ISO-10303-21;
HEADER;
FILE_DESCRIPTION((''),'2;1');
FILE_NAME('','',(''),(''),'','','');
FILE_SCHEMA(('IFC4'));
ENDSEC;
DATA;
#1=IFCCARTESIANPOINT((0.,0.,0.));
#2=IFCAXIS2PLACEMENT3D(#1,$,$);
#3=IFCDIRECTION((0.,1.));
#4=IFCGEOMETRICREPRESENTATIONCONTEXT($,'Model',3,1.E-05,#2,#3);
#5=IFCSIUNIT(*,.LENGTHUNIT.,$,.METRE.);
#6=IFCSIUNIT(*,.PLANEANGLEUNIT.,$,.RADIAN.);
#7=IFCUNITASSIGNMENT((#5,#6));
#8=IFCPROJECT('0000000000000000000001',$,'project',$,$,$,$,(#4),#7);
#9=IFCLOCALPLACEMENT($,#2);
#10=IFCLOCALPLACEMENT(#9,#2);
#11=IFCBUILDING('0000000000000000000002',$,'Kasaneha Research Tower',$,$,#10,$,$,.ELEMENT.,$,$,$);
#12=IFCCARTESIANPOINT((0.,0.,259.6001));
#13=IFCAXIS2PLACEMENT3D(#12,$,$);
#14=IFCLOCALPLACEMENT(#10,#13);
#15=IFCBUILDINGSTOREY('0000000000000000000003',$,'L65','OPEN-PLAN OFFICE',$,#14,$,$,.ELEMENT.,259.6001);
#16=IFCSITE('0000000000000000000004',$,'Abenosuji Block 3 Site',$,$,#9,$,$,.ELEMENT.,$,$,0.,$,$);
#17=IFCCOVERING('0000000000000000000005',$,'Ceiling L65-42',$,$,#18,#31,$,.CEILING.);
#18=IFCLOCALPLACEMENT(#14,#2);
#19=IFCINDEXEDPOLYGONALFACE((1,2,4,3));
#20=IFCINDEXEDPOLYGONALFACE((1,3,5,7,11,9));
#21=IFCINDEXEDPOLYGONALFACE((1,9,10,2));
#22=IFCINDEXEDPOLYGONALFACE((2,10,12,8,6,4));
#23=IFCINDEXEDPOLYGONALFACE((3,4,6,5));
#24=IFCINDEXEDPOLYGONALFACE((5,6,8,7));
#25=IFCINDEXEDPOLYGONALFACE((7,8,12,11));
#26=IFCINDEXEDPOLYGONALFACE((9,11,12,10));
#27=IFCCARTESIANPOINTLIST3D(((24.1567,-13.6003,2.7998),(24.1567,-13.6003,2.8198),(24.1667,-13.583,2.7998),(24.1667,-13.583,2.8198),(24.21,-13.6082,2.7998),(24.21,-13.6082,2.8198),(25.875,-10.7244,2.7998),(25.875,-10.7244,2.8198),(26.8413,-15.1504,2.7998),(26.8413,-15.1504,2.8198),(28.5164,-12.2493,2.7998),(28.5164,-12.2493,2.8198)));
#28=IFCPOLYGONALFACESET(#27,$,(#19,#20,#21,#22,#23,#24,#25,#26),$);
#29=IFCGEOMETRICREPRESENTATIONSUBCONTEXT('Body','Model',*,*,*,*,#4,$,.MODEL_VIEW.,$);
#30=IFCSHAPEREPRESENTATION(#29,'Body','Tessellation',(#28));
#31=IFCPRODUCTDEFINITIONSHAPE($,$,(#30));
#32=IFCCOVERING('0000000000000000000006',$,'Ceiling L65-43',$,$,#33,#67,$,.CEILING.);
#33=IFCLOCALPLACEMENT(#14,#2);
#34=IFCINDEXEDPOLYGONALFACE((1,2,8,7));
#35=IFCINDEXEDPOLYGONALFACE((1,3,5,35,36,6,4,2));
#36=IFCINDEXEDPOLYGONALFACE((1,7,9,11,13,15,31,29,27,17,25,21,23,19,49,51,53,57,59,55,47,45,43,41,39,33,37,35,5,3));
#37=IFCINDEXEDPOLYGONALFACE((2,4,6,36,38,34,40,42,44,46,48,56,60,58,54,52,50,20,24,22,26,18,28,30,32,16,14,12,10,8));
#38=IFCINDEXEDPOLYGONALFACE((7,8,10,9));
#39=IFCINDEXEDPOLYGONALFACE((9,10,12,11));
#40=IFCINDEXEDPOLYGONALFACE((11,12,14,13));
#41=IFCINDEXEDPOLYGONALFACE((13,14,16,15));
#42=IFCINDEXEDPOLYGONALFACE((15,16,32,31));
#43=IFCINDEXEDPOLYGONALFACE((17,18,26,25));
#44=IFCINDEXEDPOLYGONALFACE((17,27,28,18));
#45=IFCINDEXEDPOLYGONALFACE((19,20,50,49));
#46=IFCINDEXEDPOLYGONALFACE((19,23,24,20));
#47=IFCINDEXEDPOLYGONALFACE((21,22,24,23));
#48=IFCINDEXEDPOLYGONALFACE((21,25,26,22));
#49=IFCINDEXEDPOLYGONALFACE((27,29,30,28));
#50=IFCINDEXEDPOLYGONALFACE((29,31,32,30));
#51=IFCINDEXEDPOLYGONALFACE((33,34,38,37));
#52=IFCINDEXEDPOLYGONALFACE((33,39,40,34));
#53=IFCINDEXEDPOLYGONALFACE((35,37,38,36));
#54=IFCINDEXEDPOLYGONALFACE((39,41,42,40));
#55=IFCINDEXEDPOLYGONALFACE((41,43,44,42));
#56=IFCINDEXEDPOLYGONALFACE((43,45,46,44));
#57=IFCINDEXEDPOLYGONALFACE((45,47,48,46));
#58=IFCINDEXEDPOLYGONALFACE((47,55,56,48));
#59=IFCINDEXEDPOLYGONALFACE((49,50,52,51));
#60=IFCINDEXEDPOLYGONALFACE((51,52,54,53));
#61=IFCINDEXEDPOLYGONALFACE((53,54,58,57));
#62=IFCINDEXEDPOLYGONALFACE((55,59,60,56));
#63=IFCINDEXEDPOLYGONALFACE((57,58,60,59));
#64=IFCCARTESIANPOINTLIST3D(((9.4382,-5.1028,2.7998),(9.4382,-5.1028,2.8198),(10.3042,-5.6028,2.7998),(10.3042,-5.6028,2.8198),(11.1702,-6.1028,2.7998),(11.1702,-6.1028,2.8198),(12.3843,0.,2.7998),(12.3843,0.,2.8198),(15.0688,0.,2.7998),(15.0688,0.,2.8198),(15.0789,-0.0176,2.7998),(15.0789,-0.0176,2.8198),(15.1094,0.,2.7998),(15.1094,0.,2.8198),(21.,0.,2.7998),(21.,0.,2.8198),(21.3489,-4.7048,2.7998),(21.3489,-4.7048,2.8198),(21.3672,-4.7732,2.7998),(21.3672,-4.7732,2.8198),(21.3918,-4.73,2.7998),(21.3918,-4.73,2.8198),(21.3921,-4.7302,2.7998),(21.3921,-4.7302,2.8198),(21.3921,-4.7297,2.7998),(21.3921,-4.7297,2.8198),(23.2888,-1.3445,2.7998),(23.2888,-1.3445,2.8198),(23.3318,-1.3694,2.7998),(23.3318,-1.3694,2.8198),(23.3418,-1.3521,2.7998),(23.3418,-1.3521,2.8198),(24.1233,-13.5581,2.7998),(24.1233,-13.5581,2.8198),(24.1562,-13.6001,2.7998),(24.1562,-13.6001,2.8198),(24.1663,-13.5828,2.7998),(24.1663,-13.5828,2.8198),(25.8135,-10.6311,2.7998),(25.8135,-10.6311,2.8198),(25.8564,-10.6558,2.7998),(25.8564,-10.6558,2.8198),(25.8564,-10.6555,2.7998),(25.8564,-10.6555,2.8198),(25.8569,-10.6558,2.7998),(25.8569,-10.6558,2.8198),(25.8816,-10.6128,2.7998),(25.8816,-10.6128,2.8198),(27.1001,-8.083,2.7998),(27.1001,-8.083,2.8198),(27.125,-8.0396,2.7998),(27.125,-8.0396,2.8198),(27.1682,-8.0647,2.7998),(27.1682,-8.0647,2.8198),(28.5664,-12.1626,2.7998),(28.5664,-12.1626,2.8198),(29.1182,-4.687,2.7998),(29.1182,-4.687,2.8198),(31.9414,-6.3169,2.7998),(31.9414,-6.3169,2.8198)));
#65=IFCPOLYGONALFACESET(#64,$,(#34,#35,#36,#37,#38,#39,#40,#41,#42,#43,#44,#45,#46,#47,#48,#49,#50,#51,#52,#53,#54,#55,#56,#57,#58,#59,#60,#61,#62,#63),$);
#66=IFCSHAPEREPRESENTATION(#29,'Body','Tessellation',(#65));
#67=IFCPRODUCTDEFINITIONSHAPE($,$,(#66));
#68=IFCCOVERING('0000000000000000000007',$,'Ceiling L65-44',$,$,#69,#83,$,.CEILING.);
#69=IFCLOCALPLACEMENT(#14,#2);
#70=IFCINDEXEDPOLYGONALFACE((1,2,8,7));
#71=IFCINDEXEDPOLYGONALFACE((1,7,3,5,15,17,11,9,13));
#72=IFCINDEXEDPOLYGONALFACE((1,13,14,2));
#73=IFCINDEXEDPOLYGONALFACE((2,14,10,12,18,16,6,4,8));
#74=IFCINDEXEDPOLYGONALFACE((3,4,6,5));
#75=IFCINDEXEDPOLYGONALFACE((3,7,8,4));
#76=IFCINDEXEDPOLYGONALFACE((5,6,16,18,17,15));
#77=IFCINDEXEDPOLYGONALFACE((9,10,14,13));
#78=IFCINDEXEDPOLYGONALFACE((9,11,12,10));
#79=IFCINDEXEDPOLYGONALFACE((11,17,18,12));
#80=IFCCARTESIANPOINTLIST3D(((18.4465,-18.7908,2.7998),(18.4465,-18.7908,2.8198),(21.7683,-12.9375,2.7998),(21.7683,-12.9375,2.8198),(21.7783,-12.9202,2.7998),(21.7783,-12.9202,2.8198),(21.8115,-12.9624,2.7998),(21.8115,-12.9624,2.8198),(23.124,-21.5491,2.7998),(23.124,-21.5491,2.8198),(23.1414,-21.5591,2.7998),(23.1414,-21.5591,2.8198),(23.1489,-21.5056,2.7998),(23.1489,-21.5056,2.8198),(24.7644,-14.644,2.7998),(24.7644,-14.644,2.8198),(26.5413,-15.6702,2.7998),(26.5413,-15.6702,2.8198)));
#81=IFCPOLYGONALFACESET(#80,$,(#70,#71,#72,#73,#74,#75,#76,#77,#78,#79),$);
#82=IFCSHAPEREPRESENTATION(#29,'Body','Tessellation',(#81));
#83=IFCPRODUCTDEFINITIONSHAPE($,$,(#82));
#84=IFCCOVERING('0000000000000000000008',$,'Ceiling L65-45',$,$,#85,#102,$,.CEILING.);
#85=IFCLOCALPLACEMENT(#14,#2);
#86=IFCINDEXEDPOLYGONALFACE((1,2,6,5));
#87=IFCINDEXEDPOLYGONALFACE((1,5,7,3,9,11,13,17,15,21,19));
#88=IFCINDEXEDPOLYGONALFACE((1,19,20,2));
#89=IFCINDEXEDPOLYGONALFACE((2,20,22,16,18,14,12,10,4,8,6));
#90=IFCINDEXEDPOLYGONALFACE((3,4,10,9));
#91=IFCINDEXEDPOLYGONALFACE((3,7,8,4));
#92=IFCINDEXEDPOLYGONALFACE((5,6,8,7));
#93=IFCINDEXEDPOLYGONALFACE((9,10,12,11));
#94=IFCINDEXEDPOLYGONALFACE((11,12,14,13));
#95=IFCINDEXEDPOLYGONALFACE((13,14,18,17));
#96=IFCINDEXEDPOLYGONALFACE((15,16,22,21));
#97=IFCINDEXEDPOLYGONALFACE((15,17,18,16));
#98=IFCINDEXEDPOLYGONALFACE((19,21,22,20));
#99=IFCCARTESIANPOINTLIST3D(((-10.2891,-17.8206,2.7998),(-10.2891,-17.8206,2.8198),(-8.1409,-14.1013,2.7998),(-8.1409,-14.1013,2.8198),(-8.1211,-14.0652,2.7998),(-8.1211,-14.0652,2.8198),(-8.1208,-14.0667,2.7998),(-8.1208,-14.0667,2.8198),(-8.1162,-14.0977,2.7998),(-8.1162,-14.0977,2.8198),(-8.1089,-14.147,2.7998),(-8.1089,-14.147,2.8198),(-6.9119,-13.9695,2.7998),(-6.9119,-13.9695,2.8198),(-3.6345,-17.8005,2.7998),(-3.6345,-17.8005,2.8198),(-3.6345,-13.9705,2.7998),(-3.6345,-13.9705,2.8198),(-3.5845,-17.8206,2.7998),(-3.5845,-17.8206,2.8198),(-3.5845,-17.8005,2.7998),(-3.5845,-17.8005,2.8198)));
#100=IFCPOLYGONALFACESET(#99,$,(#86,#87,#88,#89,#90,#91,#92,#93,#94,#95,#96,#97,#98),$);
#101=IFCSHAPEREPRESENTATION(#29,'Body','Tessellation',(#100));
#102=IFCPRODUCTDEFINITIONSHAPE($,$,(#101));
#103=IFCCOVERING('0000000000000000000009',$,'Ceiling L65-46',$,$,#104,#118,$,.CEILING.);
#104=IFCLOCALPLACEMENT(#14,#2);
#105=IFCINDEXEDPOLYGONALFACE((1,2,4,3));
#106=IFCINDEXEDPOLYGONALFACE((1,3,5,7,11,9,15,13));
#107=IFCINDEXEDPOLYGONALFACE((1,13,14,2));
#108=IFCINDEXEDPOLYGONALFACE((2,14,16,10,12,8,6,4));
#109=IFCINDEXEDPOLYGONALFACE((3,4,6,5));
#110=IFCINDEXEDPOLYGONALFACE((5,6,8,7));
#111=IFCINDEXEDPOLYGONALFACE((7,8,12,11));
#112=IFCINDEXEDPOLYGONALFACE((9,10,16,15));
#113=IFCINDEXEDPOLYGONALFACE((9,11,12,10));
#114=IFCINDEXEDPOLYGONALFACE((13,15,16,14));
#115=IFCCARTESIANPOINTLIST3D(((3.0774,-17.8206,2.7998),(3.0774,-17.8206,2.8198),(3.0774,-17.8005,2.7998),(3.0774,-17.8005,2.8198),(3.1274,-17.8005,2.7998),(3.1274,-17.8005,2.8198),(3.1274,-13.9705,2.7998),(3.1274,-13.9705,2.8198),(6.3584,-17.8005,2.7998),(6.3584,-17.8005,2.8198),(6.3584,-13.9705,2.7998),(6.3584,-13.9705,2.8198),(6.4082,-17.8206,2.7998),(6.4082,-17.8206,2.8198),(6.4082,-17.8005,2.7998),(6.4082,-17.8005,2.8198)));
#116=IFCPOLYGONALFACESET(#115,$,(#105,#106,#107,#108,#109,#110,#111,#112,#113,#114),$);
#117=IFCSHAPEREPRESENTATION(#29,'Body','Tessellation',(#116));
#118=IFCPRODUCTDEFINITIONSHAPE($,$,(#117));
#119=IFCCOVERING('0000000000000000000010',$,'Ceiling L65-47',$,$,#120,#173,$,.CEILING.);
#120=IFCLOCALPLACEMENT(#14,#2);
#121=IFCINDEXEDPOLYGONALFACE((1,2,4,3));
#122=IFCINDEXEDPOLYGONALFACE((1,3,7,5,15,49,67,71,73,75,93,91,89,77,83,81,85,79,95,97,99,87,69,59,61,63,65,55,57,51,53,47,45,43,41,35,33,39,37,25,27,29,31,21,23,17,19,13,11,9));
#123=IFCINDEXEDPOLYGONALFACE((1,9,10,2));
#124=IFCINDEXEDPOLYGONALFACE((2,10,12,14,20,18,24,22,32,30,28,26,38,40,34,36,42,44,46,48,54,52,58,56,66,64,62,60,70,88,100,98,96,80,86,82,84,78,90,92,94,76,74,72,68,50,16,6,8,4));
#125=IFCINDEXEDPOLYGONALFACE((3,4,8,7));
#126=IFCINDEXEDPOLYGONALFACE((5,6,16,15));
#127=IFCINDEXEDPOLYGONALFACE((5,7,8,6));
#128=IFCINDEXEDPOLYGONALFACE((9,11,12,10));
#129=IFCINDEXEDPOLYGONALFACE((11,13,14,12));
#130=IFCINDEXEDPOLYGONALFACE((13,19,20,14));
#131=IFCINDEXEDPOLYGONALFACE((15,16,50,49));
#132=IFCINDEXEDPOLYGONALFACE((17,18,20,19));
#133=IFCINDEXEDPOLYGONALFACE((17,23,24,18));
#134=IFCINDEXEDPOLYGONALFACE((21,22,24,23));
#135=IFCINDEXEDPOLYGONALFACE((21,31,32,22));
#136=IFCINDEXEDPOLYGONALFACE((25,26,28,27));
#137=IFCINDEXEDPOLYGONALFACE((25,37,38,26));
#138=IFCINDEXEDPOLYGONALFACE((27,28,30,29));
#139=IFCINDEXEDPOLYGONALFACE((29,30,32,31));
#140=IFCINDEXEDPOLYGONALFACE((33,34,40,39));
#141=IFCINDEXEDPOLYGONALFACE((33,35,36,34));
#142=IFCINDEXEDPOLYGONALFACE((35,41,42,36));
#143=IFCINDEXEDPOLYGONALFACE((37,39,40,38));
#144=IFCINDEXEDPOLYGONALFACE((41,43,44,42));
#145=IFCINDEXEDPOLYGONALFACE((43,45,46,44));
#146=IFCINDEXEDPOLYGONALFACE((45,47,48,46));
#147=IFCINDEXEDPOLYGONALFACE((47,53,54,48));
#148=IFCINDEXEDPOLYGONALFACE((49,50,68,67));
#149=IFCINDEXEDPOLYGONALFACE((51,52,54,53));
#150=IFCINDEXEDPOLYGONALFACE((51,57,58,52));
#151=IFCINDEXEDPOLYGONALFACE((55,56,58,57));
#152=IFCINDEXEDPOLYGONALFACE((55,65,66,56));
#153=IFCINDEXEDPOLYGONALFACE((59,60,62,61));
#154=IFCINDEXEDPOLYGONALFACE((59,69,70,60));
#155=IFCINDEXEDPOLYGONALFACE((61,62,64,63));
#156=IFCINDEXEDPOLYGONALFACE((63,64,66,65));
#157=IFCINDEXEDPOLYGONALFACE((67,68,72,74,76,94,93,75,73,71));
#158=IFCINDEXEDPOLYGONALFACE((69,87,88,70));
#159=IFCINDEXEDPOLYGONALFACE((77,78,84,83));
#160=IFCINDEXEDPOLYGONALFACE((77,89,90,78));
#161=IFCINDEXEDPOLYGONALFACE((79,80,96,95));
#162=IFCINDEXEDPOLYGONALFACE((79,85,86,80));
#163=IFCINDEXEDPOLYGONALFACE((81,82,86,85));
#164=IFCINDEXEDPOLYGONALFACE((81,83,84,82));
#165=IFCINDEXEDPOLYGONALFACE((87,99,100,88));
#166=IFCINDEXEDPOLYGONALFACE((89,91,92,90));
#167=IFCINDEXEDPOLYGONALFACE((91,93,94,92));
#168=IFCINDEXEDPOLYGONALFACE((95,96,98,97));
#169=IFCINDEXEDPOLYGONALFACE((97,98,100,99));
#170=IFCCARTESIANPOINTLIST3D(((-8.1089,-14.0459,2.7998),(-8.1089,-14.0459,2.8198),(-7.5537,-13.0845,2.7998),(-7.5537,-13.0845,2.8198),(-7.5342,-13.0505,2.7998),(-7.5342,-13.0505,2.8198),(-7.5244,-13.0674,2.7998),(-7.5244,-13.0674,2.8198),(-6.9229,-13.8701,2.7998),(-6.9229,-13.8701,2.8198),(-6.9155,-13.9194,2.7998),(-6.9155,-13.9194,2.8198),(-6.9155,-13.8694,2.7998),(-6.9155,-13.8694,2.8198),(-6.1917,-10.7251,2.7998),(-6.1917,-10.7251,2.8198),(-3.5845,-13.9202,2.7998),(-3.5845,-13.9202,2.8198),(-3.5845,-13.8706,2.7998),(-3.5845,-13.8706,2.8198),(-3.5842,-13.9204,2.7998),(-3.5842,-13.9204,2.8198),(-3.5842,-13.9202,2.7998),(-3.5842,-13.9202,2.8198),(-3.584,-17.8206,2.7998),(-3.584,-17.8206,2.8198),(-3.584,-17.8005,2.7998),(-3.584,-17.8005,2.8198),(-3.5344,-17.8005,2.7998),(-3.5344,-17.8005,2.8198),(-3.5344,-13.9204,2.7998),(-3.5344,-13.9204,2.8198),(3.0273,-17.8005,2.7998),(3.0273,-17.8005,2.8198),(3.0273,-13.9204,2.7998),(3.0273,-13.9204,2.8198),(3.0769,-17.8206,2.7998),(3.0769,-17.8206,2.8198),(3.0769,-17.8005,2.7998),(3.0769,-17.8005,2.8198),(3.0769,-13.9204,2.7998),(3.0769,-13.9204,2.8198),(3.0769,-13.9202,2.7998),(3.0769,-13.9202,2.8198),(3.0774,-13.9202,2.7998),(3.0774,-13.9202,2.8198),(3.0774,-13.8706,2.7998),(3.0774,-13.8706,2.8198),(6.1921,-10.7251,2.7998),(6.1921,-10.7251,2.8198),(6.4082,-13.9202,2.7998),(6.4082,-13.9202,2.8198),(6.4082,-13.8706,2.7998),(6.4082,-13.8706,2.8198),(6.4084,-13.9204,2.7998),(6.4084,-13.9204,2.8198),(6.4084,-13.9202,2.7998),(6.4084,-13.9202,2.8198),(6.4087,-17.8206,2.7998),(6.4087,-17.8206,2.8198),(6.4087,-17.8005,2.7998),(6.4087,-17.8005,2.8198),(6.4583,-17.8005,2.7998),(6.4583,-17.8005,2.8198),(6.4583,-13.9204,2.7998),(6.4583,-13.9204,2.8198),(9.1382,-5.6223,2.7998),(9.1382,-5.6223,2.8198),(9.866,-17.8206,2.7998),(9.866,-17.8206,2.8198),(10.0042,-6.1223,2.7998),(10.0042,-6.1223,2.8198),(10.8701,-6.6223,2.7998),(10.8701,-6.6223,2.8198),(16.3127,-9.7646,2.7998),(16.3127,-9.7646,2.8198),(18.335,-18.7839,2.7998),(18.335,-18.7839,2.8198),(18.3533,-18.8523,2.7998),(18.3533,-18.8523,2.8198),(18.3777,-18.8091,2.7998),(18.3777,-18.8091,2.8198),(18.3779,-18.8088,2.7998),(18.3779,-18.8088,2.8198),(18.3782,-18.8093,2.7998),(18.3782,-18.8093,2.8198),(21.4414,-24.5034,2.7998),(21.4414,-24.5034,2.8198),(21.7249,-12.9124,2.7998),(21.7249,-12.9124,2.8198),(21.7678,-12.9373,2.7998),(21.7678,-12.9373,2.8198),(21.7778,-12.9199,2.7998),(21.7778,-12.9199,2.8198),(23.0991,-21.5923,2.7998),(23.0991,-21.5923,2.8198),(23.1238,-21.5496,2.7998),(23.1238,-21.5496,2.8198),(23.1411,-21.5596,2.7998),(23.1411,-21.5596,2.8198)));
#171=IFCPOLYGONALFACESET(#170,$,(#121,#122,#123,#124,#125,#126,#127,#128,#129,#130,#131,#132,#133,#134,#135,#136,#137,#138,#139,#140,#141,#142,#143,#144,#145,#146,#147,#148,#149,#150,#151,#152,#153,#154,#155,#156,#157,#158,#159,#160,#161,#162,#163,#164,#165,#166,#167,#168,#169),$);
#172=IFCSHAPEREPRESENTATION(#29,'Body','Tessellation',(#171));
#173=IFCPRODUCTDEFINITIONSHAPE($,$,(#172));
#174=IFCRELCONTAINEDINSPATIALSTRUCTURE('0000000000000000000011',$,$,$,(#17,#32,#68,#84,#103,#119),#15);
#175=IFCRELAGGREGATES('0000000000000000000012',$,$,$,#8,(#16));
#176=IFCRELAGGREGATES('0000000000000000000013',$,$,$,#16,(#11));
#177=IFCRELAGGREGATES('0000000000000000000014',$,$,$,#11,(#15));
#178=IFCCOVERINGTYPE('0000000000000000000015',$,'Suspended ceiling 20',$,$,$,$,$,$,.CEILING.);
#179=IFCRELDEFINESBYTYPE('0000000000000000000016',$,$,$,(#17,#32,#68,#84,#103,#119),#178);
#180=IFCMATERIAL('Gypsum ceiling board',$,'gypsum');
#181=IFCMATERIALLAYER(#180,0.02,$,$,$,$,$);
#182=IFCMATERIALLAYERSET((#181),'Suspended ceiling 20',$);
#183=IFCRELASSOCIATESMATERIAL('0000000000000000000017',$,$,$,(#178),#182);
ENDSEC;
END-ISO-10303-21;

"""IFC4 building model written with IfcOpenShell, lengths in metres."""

from ifc_helpers import new_model, si_unit, direction, frame, origin, place, context, subcontext, project, spatial, polyline, outline, extrude, material, layer, layer_set, type_object, element, save


model = new_model("IFC4")

# Units and contexts
model_context = context("Model", 3, precision=1e-05, world=origin(), true_north=direction((0.0, 1.0)))
body_context = subcontext(model_context, "Body", "Model", "MODEL_VIEW")
ifc_project = project(units=[si_unit("LENGTHUNIT", "METRE"), si_unit("PLANEANGLEUNIT", "RADIAN")], contexts=[model_context])

# Site, building, storey
site_placement = place(None, origin())
site = spatial("IfcSite", under=ifc_project, at=site_placement, Name="Abenosuji Block 3 Site", CompositionType="ELEMENT", RefElevation=0.0)
building_placement = place(site_placement, origin())
building = spatial("IfcBuilding", under=site, at=building_placement, Name="Kasaneha Research Tower", CompositionType="ELEMENT")
storey_placement = place(building_placement, frame((0.0, 0.0, 259.6001)))
storey = spatial("IfcBuildingStorey", under=building, at=storey_placement, Name="L65", Description="OPEN-PLAN OFFICE", CompositionType="ELEMENT", Elevation=259.6001)

# Coverings
ifc_material_1 = material(Name="Gypsum ceiling board", Category="gypsum")
ifc_layer_1 = layer(ifc_material_1, 0.02)
ifc_layer_set_1 = layer_set([ifc_layer_1], Name="Suspended ceiling 20")
covering_type_1 = type_object("IfcCoveringType", Name="Suspended ceiling 20", PredefinedType="CEILING", material=ifc_layer_set_1)
covering_1_placement = place(storey_placement, frame((0.0, 0.0, 2.7998)))
element("IfcCovering", 1, at=covering_1_placement, inside=storey, type_object=covering_type_1, Name="Ceiling L65-42", PredefinedType="CEILING", context=body_context, shape_type="SweptSolid", body=[
    extrude(outline(polyline([(24.1567, -13.6003), (24.1667, -13.583), (24.21, -13.6082), (25.875, -10.7244), (28.5164, -12.2493), (26.8413, -15.1504), (24.1567, -13.6003)])), origin(), (0.0, 0.0, 1.0), 0.02),
])
covering_2_placement = place(storey_placement, frame((0.0, 0.0, 2.7998)))
element("IfcCovering", 2, at=covering_2_placement, inside=storey, type_object=covering_type_1, Name="Ceiling L65-43", PredefinedType="CEILING", context=body_context, shape_type="SweptSolid", body=[
    extrude(outline(polyline([(10.3042, -5.6028), (10.3042, -5.6028), (9.4382, -5.1028), (12.3843, 0.0), (15.0688, 0.0), (15.0789, -0.0176), (15.1094, 0.0), (21.0, 0.0), (23.3418, -1.3521), (23.3318, -1.3694), (23.2888, -1.3445), (21.3489, -4.7048), (21.3921, -4.7297), (21.3918, -4.73), (21.3921, -4.7302), (21.3672, -4.7732), (27.1001, -8.083), (27.125, -8.0396), (27.1682, -8.0647), (29.1182, -4.687), (31.9414, -6.3169), (28.5664, -12.1626), (25.8816, -10.6128), (25.8569, -10.6558), (25.8564, -10.6555), (25.8564, -10.6558), (25.8135, -10.6311), (24.1233, -13.5581), (24.1663, -13.5828), (24.1562, -13.6001), (11.1702, -6.1028), (11.1702, -6.1028), (10.3042, -5.6028)])), origin(), (0.0, 0.0, 1.0), 0.02),
])
covering_3_placement = place(storey_placement, frame((0.0, 0.0, 2.7998)))
element("IfcCovering", 3, at=covering_3_placement, inside=storey, type_object=covering_type_1, Name="Ceiling L65-44", PredefinedType="CEILING", context=body_context, shape_type="SweptSolid", body=[
    extrude(outline(polyline([(23.1414, -21.5591), (23.124, -21.5491), (23.1489, -21.5056), (18.4465, -18.7908), (21.8115, -12.9624), (21.7683, -12.9375), (21.7783, -12.9202), (24.7644, -14.644), (26.5413, -15.6702), (23.1414, -21.5591)])), origin(), (0.0, 0.0, 1.0), 0.02),
])
covering_4_placement = place(storey_placement, frame((0.0, 0.0, 2.7998)))
element("IfcCovering", 4, at=covering_4_placement, inside=storey, type_object=covering_type_1, Name="Ceiling L65-45", PredefinedType="CEILING", context=body_context, shape_type="SweptSolid", body=[
    extrude(outline(polyline([(-8.1211, -14.0652), (-8.1208, -14.0667), (-8.1409, -14.1013), (-8.1162, -14.0977), (-8.1089, -14.147), (-6.9119, -13.9695), (-3.6345, -13.9705), (-3.6345, -17.8005), (-3.5845, -17.8005), (-3.5845, -17.8206), (-10.2891, -17.8206), (-8.1211, -14.0652)])), origin(), (0.0, 0.0, 1.0), 0.02),
])
covering_5_placement = place(storey_placement, frame((0.0, 0.0, 2.7998)))
element("IfcCovering", 5, at=covering_5_placement, inside=storey, type_object=covering_type_1, Name="Ceiling L65-46", PredefinedType="CEILING", context=body_context, shape_type="SweptSolid", body=[
    extrude(outline(polyline([(3.0774, -17.8206), (3.0774, -17.8005), (3.1274, -17.8005), (3.1274, -13.9705), (6.3584, -13.9705), (6.3584, -17.8005), (6.4082, -17.8005), (6.4082, -17.8206), (3.0774, -17.8206)])), origin(), (0.0, 0.0, 1.0), 0.02),
])
covering_6_placement = place(storey_placement, frame((0.0, 0.0, 2.7998)))
element("IfcCovering", 6, at=covering_6_placement, inside=storey, type_object=covering_type_1, Name="Ceiling L65-47", PredefinedType="CEILING", context=body_context, shape_type="SweptSolid", body=[
    extrude(outline(polyline([(10.0042, -6.1223), (10.0042, -6.1223), (10.8701, -6.6223), (10.8701, -6.6223), (16.3127, -9.7646), (21.7778, -12.9199), (21.7678, -12.9373), (21.7249, -12.9124), (18.335, -18.7839), (18.3779, -18.8088), (18.3777, -18.8091), (18.3782, -18.8093), (18.3533, -18.8523), (23.0991, -21.5923), (23.1238, -21.5496), (23.1411, -21.5596), (21.4414, -24.5034), (9.866, -17.8206), (6.4087, -17.8206), (6.4087, -17.8005), (6.4583, -17.8005), (6.4583, -13.9204), (6.4084, -13.9204), (6.4084, -13.9202), (6.4082, -13.9202), (6.4082, -13.8706), (3.0774, -13.8706), (3.0774, -13.9202), (3.0769, -13.9202), (3.0769, -13.9204), (3.0273, -13.9204), (3.0273, -17.8005), (3.0769, -17.8005), (3.0769, -17.8206), (-3.584, -17.8206), (-3.584, -17.8005), (-3.5344, -17.8005), (-3.5344, -13.9204), (-3.5842, -13.9204), (-3.5842, -13.9202), (-3.5845, -13.9202), (-3.5845, -13.8706), (-6.9155, -13.8694), (-6.9155, -13.9194), (-6.9229, -13.8701), (-8.1089, -14.0459), (-7.5537, -13.0845), (-7.5244, -13.0674), (-7.5342, -13.0505), (-6.1917, -10.7251), (6.1921, -10.7251), (9.1382, -5.6223), (10.0042, -6.1223)])), origin(), (0.0, 0.0, 1.0), 0.02),
])

save(model, "model.ifc")
